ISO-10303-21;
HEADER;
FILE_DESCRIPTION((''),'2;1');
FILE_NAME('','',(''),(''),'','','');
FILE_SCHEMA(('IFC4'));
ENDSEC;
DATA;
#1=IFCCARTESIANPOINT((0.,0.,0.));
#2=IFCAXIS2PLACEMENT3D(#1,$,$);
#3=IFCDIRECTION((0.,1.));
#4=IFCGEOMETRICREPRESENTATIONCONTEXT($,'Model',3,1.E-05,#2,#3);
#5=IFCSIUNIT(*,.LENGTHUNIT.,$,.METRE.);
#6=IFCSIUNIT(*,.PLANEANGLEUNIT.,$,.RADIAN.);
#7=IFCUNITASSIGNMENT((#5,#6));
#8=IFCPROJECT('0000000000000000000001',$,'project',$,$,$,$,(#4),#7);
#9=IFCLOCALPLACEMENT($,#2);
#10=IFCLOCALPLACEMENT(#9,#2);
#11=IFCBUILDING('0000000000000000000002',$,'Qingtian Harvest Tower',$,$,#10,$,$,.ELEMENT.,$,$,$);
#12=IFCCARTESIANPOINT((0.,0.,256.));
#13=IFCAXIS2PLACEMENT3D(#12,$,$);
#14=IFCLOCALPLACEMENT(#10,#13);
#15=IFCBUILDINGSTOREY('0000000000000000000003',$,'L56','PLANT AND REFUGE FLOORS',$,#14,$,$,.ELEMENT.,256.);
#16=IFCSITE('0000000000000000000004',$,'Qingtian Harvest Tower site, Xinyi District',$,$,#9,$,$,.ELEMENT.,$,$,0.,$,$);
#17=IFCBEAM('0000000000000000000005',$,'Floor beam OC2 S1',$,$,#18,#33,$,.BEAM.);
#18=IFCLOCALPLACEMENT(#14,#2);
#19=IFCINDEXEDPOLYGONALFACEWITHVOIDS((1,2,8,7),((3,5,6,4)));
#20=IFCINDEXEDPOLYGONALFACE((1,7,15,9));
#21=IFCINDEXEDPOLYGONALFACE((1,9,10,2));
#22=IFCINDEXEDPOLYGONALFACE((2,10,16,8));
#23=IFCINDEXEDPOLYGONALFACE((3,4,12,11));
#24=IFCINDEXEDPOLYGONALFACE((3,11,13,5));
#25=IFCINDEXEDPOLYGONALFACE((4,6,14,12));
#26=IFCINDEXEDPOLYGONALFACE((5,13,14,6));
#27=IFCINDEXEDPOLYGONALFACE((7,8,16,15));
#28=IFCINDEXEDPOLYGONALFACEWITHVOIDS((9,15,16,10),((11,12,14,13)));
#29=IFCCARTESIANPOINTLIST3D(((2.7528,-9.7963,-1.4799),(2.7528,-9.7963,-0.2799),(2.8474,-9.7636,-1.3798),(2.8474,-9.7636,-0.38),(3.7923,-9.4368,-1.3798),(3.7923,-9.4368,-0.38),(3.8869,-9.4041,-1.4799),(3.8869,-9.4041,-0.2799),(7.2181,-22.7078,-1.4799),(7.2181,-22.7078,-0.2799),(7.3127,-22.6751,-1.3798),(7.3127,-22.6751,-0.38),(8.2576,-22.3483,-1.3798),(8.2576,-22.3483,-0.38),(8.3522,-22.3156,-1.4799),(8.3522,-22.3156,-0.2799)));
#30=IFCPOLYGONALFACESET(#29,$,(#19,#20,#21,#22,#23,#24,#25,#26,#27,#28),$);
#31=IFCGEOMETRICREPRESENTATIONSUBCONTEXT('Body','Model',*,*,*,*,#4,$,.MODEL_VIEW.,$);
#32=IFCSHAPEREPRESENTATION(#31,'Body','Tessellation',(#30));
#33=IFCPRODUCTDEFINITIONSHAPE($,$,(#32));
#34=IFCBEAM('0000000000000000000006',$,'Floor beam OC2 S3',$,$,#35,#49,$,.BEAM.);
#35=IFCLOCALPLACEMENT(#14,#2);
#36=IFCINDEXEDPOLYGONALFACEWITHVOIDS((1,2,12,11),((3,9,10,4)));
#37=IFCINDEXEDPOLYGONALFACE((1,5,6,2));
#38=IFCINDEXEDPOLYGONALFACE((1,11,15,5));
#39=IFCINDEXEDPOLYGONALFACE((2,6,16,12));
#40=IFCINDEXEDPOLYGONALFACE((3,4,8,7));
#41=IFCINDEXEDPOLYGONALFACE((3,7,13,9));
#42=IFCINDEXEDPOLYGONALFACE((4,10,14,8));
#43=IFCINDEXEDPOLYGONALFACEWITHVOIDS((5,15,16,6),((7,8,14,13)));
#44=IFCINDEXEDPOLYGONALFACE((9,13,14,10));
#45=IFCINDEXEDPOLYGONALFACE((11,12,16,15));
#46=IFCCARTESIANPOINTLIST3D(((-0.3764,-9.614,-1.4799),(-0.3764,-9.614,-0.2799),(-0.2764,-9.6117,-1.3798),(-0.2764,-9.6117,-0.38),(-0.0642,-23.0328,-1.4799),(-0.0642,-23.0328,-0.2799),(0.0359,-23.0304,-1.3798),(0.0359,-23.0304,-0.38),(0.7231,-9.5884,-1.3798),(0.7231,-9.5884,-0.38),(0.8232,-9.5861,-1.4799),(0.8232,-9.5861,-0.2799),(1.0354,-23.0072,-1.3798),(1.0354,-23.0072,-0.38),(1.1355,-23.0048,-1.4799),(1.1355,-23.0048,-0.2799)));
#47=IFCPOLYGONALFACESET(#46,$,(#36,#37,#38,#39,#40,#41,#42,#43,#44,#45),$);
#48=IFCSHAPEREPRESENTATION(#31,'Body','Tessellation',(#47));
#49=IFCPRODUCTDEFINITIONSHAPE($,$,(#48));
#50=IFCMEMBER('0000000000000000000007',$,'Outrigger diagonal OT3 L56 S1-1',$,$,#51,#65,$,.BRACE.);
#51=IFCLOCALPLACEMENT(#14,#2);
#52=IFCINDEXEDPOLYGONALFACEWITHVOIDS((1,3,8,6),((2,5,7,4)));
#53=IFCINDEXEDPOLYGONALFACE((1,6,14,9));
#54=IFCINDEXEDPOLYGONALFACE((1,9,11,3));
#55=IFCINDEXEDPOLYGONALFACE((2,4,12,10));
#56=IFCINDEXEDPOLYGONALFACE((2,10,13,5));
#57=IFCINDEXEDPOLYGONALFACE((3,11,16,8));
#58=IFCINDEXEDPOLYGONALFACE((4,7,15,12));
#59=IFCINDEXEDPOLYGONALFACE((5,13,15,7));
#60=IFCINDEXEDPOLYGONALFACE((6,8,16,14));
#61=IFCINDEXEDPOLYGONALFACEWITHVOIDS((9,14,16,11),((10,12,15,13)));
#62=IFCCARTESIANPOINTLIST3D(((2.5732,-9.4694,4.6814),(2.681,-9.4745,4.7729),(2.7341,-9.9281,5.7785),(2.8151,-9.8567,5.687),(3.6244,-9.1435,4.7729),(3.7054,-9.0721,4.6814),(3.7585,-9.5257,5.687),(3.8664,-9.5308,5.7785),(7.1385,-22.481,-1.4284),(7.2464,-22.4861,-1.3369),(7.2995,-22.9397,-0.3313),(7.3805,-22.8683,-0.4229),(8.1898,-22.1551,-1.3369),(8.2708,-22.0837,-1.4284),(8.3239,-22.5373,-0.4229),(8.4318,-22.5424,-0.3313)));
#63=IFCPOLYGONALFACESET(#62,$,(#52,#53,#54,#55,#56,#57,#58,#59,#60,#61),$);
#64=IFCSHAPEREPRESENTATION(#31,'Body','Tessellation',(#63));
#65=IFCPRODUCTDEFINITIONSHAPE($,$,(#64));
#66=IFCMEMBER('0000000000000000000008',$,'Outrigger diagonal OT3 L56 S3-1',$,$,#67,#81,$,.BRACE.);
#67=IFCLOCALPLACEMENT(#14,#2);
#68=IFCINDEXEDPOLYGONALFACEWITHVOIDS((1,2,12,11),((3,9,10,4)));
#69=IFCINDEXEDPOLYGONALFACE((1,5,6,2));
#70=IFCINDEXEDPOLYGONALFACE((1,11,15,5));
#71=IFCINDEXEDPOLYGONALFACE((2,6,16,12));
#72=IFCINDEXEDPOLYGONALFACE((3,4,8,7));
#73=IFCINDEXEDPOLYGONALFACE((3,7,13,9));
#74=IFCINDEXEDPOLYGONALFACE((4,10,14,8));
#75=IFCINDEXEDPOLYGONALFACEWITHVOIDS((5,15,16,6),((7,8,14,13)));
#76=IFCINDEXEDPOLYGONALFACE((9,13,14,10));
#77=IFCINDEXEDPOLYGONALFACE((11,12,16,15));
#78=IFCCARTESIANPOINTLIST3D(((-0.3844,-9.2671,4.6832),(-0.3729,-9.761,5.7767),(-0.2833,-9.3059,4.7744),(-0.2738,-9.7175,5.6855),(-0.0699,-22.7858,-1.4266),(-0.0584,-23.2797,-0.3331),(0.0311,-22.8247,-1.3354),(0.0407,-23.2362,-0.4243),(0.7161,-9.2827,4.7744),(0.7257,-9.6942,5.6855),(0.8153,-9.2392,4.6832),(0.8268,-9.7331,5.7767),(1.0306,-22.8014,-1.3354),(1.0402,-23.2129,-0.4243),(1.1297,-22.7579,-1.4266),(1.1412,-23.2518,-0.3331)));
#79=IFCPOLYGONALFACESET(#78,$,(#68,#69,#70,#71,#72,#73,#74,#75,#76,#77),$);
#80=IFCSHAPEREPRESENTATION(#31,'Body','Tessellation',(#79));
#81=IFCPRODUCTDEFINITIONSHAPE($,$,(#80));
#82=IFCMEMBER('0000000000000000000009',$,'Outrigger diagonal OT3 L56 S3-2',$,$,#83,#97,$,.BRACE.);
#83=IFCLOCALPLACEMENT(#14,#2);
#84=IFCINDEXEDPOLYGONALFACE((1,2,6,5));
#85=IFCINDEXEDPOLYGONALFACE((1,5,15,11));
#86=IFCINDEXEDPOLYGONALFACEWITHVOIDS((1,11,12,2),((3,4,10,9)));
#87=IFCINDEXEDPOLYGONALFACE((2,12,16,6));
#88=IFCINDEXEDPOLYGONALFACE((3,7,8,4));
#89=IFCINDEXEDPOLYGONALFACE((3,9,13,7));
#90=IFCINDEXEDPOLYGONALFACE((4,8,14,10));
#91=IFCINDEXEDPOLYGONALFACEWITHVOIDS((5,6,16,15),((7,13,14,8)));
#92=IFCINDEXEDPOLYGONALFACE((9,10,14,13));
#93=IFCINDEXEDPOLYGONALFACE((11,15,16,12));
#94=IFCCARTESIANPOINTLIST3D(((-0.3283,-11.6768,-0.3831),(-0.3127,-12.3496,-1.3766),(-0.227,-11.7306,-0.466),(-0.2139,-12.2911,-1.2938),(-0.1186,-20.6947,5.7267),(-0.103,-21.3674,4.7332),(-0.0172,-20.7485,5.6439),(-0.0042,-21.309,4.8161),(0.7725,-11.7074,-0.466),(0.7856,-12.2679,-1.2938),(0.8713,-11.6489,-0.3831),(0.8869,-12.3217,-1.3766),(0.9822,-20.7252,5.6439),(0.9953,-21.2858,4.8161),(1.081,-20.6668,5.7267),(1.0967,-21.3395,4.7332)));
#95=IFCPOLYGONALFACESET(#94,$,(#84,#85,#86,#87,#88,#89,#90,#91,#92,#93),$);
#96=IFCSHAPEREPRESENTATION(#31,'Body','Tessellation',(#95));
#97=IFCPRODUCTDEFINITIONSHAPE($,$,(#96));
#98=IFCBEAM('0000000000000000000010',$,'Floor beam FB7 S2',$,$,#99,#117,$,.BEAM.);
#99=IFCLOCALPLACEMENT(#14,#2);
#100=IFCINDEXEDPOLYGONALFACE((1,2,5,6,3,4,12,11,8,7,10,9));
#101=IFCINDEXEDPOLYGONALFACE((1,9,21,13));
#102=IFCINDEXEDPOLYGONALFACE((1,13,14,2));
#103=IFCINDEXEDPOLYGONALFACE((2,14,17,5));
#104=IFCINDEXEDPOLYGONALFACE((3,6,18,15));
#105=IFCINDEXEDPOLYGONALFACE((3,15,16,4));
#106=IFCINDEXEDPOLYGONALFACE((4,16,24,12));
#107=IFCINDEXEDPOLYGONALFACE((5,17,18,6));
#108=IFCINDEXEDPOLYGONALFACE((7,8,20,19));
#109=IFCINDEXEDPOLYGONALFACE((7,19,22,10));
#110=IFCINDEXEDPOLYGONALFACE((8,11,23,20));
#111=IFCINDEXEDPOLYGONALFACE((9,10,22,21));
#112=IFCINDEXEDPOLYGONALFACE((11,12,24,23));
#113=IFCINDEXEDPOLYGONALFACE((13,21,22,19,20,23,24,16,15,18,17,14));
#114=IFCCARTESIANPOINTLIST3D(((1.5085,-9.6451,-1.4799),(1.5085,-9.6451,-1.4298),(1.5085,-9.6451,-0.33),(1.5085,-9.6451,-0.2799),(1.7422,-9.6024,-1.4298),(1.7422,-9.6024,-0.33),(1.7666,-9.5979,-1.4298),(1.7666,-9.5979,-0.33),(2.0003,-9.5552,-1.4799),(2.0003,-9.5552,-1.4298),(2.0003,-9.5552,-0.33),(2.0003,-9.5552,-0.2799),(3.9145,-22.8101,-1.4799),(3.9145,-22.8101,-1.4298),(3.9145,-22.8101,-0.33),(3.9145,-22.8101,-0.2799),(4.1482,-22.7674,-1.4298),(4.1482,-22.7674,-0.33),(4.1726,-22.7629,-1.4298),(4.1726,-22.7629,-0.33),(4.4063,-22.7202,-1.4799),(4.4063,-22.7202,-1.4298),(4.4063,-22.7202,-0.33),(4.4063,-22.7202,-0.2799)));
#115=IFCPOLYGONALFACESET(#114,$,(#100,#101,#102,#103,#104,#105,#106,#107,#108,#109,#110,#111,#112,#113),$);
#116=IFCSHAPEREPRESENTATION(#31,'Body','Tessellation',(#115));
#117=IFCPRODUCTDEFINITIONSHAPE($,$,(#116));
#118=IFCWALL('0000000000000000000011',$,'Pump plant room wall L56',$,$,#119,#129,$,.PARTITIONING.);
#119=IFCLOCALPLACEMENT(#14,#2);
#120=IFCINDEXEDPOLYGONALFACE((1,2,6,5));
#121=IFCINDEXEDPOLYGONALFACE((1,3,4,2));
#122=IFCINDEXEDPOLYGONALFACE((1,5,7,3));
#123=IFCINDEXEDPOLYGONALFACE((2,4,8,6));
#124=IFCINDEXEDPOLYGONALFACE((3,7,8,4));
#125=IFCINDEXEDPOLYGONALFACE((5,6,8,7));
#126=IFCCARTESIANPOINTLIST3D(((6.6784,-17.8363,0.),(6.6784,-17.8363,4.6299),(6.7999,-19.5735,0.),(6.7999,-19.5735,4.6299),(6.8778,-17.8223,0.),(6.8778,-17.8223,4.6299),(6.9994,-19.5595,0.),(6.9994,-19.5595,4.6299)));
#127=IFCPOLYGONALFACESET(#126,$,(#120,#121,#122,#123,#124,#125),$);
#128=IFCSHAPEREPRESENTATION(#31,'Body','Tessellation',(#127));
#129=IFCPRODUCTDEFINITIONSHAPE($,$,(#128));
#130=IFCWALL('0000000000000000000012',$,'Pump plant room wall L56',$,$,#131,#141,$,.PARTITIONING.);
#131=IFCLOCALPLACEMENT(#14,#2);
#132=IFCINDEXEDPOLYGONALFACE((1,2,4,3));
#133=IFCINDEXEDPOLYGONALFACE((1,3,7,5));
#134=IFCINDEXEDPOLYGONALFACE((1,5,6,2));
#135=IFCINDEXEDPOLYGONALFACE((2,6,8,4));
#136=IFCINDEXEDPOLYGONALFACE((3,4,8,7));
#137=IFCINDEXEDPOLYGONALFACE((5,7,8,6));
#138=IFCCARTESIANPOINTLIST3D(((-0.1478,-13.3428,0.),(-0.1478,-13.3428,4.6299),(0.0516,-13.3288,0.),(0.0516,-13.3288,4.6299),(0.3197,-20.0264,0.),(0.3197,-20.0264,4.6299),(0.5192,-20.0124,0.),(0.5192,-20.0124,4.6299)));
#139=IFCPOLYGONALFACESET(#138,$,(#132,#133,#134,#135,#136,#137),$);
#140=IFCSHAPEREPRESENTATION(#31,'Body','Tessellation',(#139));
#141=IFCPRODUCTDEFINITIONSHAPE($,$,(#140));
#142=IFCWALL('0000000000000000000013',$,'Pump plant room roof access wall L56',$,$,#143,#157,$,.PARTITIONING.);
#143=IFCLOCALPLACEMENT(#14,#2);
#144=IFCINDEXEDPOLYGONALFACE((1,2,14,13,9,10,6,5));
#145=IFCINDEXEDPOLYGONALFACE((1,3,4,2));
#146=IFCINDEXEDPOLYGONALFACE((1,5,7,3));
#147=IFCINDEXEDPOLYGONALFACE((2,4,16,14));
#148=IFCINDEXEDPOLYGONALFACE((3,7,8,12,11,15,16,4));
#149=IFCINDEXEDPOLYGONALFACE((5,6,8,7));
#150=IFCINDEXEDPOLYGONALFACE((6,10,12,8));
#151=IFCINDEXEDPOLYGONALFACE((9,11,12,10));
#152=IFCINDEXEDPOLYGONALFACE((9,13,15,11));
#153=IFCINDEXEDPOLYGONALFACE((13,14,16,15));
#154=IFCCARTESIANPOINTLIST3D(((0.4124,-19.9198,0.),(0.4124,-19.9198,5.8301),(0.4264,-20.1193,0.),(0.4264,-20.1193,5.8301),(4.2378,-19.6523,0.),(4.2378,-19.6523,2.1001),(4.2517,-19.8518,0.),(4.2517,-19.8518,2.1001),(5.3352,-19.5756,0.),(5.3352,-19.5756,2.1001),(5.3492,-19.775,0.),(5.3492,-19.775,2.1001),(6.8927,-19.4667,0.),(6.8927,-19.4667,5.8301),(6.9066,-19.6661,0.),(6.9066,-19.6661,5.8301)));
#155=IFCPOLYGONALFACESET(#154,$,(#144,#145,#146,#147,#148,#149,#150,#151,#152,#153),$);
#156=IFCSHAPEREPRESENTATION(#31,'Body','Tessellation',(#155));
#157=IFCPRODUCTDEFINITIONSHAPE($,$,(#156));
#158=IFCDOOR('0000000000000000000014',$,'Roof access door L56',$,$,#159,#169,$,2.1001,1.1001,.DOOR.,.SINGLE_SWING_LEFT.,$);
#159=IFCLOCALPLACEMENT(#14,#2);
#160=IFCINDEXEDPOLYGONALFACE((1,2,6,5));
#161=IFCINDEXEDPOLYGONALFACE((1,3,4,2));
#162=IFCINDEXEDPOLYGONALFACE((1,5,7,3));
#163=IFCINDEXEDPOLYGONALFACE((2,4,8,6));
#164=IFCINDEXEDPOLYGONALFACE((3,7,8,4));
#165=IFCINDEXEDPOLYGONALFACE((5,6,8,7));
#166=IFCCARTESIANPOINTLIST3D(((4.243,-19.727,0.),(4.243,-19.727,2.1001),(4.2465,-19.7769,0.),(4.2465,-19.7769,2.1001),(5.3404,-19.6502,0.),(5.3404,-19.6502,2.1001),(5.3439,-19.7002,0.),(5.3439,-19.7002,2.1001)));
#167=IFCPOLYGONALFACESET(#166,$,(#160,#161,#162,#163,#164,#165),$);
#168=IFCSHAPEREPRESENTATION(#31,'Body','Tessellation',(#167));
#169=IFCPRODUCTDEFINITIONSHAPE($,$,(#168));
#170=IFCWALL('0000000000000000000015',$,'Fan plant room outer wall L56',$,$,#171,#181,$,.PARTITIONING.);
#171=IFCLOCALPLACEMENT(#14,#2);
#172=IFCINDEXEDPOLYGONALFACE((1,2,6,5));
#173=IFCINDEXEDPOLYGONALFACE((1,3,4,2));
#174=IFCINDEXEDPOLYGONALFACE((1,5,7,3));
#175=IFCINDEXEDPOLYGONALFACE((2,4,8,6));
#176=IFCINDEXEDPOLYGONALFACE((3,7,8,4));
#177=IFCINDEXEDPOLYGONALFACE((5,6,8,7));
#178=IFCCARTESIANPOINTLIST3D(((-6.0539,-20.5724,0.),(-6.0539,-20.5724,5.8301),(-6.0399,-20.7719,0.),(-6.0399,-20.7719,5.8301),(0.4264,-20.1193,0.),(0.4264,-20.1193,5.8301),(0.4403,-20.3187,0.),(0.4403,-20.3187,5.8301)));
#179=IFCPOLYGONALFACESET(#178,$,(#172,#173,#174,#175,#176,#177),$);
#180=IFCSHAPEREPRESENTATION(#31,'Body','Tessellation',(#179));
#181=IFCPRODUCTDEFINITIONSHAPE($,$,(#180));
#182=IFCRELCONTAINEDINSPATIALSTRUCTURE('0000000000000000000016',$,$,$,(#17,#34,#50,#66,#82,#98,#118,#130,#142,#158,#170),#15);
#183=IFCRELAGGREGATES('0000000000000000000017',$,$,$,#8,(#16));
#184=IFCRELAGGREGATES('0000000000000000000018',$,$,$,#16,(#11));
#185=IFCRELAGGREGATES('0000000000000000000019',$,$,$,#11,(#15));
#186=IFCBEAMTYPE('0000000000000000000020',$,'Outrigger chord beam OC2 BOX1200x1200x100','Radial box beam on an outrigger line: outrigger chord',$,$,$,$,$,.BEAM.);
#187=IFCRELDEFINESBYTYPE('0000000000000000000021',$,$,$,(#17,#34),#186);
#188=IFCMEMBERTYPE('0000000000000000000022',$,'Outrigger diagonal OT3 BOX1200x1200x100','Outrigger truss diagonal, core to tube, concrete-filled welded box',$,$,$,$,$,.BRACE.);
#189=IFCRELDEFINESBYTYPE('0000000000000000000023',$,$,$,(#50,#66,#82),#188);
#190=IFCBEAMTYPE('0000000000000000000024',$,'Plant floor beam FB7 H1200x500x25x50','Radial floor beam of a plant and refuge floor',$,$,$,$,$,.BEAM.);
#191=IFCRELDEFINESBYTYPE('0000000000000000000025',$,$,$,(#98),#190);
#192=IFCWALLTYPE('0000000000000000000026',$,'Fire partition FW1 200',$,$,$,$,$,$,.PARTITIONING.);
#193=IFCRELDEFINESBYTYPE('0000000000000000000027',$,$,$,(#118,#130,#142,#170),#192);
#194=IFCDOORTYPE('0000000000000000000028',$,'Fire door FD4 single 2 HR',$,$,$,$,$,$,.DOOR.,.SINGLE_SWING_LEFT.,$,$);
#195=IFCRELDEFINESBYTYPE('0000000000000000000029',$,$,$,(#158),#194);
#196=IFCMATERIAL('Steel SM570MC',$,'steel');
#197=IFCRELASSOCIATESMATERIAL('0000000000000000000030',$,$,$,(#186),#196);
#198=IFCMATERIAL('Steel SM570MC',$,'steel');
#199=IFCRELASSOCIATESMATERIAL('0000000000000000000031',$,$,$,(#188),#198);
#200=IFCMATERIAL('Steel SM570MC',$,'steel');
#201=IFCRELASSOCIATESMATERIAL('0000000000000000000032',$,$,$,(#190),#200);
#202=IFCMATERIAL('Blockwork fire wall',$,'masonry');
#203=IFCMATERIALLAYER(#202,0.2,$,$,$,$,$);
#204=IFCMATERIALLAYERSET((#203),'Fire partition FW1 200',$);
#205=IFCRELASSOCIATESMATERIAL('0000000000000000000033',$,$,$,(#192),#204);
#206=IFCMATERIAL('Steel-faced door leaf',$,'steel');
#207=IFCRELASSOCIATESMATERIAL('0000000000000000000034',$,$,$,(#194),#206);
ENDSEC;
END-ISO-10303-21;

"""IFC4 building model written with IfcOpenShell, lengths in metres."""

from ifc_helpers import new_model, si_unit, direction, frame, frame_2d, origin, origin_2d, place, context, subcontext, project, spatial, rectangle, hollow_rectangle, i_section, extrude, material, layer, layer_set, material_profile, profile_set, type_object, element, fill, save


model = new_model("IFC4")

# Units and contexts
model_context = context("Model", 3, precision=1e-05, world=origin(), true_north=direction((0.0, 1.0)))
body_context = subcontext(model_context, "Body", "Model", "MODEL_VIEW")
ifc_project = project(units=[si_unit("LENGTHUNIT", "METRE"), si_unit("PLANEANGLEUNIT", "RADIAN")], contexts=[model_context])

# Site, building, storey
site_placement = place(None, origin())
site = spatial("IfcSite", under=ifc_project, at=site_placement, Name="Qingtian Harvest Tower site, Xinyi District", CompositionType="ELEMENT", RefElevation=0.0)
building_placement = place(site_placement, origin())
building = spatial("IfcBuilding", under=site, at=building_placement, Name="Qingtian Harvest Tower", CompositionType="ELEMENT")
storey_placement = place(building_placement, frame((0.0, 0.0, 256.0)))
storey = spatial("IfcBuildingStorey", under=building, at=storey_placement, Name="L56", Description="PLANT AND REFUGE FLOORS", CompositionType="ELEMENT", Elevation=256.0)

# Beams
ifc_material_1 = material(Name="Steel SM570MC", Category="steel")
ifc_material_profile_1 = material_profile(ifc_material_1, hollow_rectangle(XDim=1.2, YDim=1.2, WallThickness=0.1001, at=origin_2d()), Name="BOX1200x1200x100")
ifc_profile_set_1 = profile_set([ifc_material_profile_1], Name="Steel SM570MC")
beam_type_1 = type_object("IfcBeamType", Name="Outrigger chord beam OC2 BOX1200x1200x100", Description="Radial box beam on an outrigger line: outrigger chord", PredefinedType="BEAM", material=ifc_profile_set_1)
beam_1_placement = place(storey_placement, frame((7.7852, -22.5117, -0.8799), z_axis=(-0.326844, 0.945078, 0.0), x_axis=(-0.945078, -0.326844, 0.0)))
element("IfcBeam", 1, at=beam_1_placement, inside=storey, type_object=beam_type_1, Name="Floor beam OC2 S1", PredefinedType="BEAM", context=body_context, shape_type="SweptSolid", body=[
    extrude(hollow_rectangle(XDim=1.2, YDim=1.2, WallThickness=0.1001, at=origin_2d()), origin(), (0.0, 0.0, 1.0), 13.6619),
])
beam_2_placement = place(storey_placement, frame((0.5356, -23.0188, -0.8799), z_axis=(-0.023264, 0.999729, 0.0), x_axis=(-0.999729, -0.023264, 0.0)))
element("IfcBeam", 2, at=beam_2_placement, inside=storey, type_object=beam_type_1, Name="Floor beam OC2 S3", PredefinedType="BEAM", context=body_context, shape_type="SweptSolid", body=[
    extrude(hollow_rectangle(XDim=1.2, YDim=1.2, WallThickness=0.1001, at=origin_2d()), origin(), (0.0, 0.0, 1.0), 13.4224),
])

# Members
ifc_material_2 = material(Name="Steel SM570MC", Category="steel")
ifc_material_profile_2 = material_profile(ifc_material_2, hollow_rectangle(XDim=1.2, YDim=1.2, WallThickness=0.1001, at=origin_2d()), Name="BOX1200x1200x100")
ifc_profile_set_2 = profile_set([ifc_material_profile_2], Name="Steel SM570MC")
member_type_1 = type_object("IfcMemberType", Name="Outrigger diagonal OT3 BOX1200x1200x100", Description="Outrigger truss diagonal, core to tube, concrete-filled welded box", PredefinedType="BRACE", material=ifc_profile_set_2)
member_1_placement = place(storey_placement, frame((7.7852, -22.5117, -0.8799), z_axis=(-0.302699, 0.86271, 0.405099), x_axis=(-0.943602, -0.331082, 0.0)))
element("IfcMember", 3, at=member_1_placement, inside=storey, type_object=member_type_1, Name="Outrigger diagonal OT3 L56 S1-1", PredefinedType="BRACE", context=body_context, shape_type="SweptSolid", body=[
    extrude(hollow_rectangle(XDim=1.2, YDim=1.2, WallThickness=0.1001, at=origin_2d()), origin(), (0.0, 0.0, 1.0), 15.0823),
])
member_2_placement = place(storey_placement, frame((0.5356, -23.0188, -0.8799), z_axis=(-0.021191, 0.91105, 0.411752), x_axis=(-0.99973, -0.023254, 0.0)))
element("IfcMember", 4, at=member_2_placement, inside=storey, type_object=member_type_1, Name="Outrigger diagonal OT3 L56 S3-1", PredefinedType="BRACE", context=body_context, shape_type="SweptSolid", body=[
    extrude(hollow_rectangle(XDim=1.2, YDim=1.2, WallThickness=0.1001, at=origin_2d()), origin(), (0.0, 0.0, 1.0), 14.8386),
])
member_3_placement = place(storey_placement, frame((0.2793, -11.9993, -0.8799), z_axis=(0.019249, -0.827722, 0.560808), x_axis=(0.99973, 0.02325, 0.0)))
element("IfcMember", 5, at=member_3_placement, inside=storey, type_object=member_type_1, Name="Outrigger diagonal OT3 L56 S3-2", PredefinedType="BRACE", context=body_context, shape_type="SweptSolid", body=[
    extrude(hollow_rectangle(XDim=1.2, YDim=1.2, WallThickness=0.1001, at=origin_2d()), origin(), (0.0, 0.0, 1.0), 10.8948),
])

# Beam
ifc_material_3 = material(Name="Steel SM570MC", Category="steel")
ifc_material_profile_3 = material_profile(ifc_material_3, i_section(OverallWidth=0.5, OverallDepth=1.2, WebThickness=0.0249, FlangeThickness=0.05, at=origin_2d()), Name="H1200x500x25x50")
ifc_profile_set_3 = profile_set([ifc_material_profile_3], Name="Steel SM570MC")
beam_type_2 = type_object("IfcBeamType", Name="Plant floor beam FB7 H1200x500x25x50", Description="Radial floor beam of a plant and refuge floor", PredefinedType="BEAM", material=ifc_profile_set_3)
beam_3_placement = place(storey_placement, frame((4.1604, -22.7651, -0.8799), z_axis=(-0.17978, 0.983707, 0.0), x_axis=(-0.983707, -0.17978, 0.0)))
element("IfcBeam", 6, at=beam_3_placement, inside=storey, type_object=beam_type_2, Name="Floor beam FB7 S2", PredefinedType="BEAM", context=body_context, shape_type="SweptSolid", body=[
    extrude(i_section(OverallWidth=0.5, OverallDepth=1.2, WebThickness=0.0249, FlangeThickness=0.05, at=origin_2d()), origin(), (0.0, 0.0, 1.0), 13.3831),
])

# Walls
ifc_material_4 = material(Name="Blockwork fire wall", Category="masonry")
ifc_layer_1 = layer(ifc_material_4, 0.2)
ifc_layer_set_1 = layer_set([ifc_layer_1], Name="Fire partition FW1 200")
wall_type = type_object("IfcWallType", Name="Fire partition FW1 200", PredefinedType="PARTITIONING", material=ifc_layer_set_1)
wall_1_placement = place(storey_placement, frame((6.8997, -19.5664, 0.0), z_axis=(0.0, 0.0, 1.0), x_axis=(-0.069812, 0.99756, 0.0)))
element("IfcWall", 7, at=wall_1_placement, inside=storey, type_object=wall_type, Name="Pump plant room wall L56", PredefinedType="PARTITIONING", context=body_context, shape_type="SweptSolid", body=[
    extrude(rectangle(XDim=1.7415, YDim=0.2, at=frame_2d((0.8706, 0.0))), origin(), (0.0, 0.0, 1.0), 4.6299),
])
wall_2_placement = place(storey_placement, frame((0.4194, -20.0195, 0.0), z_axis=(0.0, 0.0, 1.0), x_axis=(-0.069781, 0.997562, 0.0)))
element("IfcWall", 8, at=wall_2_placement, inside=storey, type_object=wall_type, Name="Pump plant room wall L56", PredefinedType="PARTITIONING", context=body_context, shape_type="SweptSolid", body=[
    extrude(rectangle(XDim=6.7, YDim=0.2, at=frame_2d((3.3501, 0.0))), origin(), (0.0, 0.0, 1.0), 4.6299),
])

# Wall, opening, door
wall_3_placement = place(storey_placement, frame((6.8997, -19.5664, 0.0), z_axis=(0.0, 0.0, 1.0), x_axis=(-0.997564, -0.069754, 0.0)))
wall_3 = element("IfcWall", 9, at=wall_3_placement, inside=storey, type_object=wall_type, Name="Pump plant room roof access wall L56", PredefinedType="PARTITIONING", context=body_context, shape_type="SweptSolid", body=[
    extrude(rectangle(XDim=6.4961, YDim=0.2, at=frame_2d((3.248, 0.0))), origin(), (0.0, 0.0, 1.0), 5.8301),
])
opening_1_placement = place(wall_3_placement, frame((1.5613, 0.0, 0.0)))
opening_1 = element("IfcOpeningElement", 10, at=opening_1_placement, cuts=wall_3, PredefinedType="OPENING", context=body_context, shape_type="SweptSolid", body=[
    extrude(rectangle(XDim=1.1001, YDim=2.1001, at=frame_2d((0.55, 1.05))), frame((0.0, 0.1099, 0.0), z_axis=(0.0, -1.0, 0.0), x_axis=(1.0, 0.0, 0.0)), (0.0, 0.0, 1.0), 0.22),
])
ifc_material_5 = material(Name="Steel-faced door leaf", Category="steel")
door_type_1 = type_object("IfcDoorType", Name="Fire door FD4 single 2 HR", OperationType="SINGLE_SWING_LEFT", PredefinedType="DOOR", material=ifc_material_5)
door_1_placement = place(opening_1_placement, origin())
door_1 = element("IfcDoor", 11, at=door_1_placement, inside=storey, type_object=door_type_1, Name="Roof access door L56", OperationType="SINGLE_SWING_LEFT", OverallHeight=2.1001, OverallWidth=1.1001, PredefinedType="DOOR", context=body_context, shape_type="SweptSolid", body=[
    extrude(rectangle(XDim=1.1001, YDim=2.1001, at=frame_2d((0.55, 1.05))), frame((0.0, 0.0249, 0.0), z_axis=(0.0, -1.0, 0.0), x_axis=(1.0, 0.0, 0.0)), (0.0, 0.0, 1.0), 0.05),
])
fill(opening_1, door_1)

# Wall
wall_4_placement = place(storey_placement, frame((0.4333, -20.219, 0.0), z_axis=(0.0, 0.0, 1.0), x_axis=(-0.997564, -0.069754, 0.0)))
element("IfcWall", 12, at=wall_4_placement, inside=storey, type_object=wall_type, Name="Fan plant room outer wall L56", PredefinedType="PARTITIONING", context=body_context, shape_type="SweptSolid", body=[
    extrude(rectangle(XDim=6.4961, YDim=0.2, at=frame_2d((3.248, 0.0))), origin(), (0.0, 0.0, 1.0), 5.8301),
])

save(model, "model.ifc")
